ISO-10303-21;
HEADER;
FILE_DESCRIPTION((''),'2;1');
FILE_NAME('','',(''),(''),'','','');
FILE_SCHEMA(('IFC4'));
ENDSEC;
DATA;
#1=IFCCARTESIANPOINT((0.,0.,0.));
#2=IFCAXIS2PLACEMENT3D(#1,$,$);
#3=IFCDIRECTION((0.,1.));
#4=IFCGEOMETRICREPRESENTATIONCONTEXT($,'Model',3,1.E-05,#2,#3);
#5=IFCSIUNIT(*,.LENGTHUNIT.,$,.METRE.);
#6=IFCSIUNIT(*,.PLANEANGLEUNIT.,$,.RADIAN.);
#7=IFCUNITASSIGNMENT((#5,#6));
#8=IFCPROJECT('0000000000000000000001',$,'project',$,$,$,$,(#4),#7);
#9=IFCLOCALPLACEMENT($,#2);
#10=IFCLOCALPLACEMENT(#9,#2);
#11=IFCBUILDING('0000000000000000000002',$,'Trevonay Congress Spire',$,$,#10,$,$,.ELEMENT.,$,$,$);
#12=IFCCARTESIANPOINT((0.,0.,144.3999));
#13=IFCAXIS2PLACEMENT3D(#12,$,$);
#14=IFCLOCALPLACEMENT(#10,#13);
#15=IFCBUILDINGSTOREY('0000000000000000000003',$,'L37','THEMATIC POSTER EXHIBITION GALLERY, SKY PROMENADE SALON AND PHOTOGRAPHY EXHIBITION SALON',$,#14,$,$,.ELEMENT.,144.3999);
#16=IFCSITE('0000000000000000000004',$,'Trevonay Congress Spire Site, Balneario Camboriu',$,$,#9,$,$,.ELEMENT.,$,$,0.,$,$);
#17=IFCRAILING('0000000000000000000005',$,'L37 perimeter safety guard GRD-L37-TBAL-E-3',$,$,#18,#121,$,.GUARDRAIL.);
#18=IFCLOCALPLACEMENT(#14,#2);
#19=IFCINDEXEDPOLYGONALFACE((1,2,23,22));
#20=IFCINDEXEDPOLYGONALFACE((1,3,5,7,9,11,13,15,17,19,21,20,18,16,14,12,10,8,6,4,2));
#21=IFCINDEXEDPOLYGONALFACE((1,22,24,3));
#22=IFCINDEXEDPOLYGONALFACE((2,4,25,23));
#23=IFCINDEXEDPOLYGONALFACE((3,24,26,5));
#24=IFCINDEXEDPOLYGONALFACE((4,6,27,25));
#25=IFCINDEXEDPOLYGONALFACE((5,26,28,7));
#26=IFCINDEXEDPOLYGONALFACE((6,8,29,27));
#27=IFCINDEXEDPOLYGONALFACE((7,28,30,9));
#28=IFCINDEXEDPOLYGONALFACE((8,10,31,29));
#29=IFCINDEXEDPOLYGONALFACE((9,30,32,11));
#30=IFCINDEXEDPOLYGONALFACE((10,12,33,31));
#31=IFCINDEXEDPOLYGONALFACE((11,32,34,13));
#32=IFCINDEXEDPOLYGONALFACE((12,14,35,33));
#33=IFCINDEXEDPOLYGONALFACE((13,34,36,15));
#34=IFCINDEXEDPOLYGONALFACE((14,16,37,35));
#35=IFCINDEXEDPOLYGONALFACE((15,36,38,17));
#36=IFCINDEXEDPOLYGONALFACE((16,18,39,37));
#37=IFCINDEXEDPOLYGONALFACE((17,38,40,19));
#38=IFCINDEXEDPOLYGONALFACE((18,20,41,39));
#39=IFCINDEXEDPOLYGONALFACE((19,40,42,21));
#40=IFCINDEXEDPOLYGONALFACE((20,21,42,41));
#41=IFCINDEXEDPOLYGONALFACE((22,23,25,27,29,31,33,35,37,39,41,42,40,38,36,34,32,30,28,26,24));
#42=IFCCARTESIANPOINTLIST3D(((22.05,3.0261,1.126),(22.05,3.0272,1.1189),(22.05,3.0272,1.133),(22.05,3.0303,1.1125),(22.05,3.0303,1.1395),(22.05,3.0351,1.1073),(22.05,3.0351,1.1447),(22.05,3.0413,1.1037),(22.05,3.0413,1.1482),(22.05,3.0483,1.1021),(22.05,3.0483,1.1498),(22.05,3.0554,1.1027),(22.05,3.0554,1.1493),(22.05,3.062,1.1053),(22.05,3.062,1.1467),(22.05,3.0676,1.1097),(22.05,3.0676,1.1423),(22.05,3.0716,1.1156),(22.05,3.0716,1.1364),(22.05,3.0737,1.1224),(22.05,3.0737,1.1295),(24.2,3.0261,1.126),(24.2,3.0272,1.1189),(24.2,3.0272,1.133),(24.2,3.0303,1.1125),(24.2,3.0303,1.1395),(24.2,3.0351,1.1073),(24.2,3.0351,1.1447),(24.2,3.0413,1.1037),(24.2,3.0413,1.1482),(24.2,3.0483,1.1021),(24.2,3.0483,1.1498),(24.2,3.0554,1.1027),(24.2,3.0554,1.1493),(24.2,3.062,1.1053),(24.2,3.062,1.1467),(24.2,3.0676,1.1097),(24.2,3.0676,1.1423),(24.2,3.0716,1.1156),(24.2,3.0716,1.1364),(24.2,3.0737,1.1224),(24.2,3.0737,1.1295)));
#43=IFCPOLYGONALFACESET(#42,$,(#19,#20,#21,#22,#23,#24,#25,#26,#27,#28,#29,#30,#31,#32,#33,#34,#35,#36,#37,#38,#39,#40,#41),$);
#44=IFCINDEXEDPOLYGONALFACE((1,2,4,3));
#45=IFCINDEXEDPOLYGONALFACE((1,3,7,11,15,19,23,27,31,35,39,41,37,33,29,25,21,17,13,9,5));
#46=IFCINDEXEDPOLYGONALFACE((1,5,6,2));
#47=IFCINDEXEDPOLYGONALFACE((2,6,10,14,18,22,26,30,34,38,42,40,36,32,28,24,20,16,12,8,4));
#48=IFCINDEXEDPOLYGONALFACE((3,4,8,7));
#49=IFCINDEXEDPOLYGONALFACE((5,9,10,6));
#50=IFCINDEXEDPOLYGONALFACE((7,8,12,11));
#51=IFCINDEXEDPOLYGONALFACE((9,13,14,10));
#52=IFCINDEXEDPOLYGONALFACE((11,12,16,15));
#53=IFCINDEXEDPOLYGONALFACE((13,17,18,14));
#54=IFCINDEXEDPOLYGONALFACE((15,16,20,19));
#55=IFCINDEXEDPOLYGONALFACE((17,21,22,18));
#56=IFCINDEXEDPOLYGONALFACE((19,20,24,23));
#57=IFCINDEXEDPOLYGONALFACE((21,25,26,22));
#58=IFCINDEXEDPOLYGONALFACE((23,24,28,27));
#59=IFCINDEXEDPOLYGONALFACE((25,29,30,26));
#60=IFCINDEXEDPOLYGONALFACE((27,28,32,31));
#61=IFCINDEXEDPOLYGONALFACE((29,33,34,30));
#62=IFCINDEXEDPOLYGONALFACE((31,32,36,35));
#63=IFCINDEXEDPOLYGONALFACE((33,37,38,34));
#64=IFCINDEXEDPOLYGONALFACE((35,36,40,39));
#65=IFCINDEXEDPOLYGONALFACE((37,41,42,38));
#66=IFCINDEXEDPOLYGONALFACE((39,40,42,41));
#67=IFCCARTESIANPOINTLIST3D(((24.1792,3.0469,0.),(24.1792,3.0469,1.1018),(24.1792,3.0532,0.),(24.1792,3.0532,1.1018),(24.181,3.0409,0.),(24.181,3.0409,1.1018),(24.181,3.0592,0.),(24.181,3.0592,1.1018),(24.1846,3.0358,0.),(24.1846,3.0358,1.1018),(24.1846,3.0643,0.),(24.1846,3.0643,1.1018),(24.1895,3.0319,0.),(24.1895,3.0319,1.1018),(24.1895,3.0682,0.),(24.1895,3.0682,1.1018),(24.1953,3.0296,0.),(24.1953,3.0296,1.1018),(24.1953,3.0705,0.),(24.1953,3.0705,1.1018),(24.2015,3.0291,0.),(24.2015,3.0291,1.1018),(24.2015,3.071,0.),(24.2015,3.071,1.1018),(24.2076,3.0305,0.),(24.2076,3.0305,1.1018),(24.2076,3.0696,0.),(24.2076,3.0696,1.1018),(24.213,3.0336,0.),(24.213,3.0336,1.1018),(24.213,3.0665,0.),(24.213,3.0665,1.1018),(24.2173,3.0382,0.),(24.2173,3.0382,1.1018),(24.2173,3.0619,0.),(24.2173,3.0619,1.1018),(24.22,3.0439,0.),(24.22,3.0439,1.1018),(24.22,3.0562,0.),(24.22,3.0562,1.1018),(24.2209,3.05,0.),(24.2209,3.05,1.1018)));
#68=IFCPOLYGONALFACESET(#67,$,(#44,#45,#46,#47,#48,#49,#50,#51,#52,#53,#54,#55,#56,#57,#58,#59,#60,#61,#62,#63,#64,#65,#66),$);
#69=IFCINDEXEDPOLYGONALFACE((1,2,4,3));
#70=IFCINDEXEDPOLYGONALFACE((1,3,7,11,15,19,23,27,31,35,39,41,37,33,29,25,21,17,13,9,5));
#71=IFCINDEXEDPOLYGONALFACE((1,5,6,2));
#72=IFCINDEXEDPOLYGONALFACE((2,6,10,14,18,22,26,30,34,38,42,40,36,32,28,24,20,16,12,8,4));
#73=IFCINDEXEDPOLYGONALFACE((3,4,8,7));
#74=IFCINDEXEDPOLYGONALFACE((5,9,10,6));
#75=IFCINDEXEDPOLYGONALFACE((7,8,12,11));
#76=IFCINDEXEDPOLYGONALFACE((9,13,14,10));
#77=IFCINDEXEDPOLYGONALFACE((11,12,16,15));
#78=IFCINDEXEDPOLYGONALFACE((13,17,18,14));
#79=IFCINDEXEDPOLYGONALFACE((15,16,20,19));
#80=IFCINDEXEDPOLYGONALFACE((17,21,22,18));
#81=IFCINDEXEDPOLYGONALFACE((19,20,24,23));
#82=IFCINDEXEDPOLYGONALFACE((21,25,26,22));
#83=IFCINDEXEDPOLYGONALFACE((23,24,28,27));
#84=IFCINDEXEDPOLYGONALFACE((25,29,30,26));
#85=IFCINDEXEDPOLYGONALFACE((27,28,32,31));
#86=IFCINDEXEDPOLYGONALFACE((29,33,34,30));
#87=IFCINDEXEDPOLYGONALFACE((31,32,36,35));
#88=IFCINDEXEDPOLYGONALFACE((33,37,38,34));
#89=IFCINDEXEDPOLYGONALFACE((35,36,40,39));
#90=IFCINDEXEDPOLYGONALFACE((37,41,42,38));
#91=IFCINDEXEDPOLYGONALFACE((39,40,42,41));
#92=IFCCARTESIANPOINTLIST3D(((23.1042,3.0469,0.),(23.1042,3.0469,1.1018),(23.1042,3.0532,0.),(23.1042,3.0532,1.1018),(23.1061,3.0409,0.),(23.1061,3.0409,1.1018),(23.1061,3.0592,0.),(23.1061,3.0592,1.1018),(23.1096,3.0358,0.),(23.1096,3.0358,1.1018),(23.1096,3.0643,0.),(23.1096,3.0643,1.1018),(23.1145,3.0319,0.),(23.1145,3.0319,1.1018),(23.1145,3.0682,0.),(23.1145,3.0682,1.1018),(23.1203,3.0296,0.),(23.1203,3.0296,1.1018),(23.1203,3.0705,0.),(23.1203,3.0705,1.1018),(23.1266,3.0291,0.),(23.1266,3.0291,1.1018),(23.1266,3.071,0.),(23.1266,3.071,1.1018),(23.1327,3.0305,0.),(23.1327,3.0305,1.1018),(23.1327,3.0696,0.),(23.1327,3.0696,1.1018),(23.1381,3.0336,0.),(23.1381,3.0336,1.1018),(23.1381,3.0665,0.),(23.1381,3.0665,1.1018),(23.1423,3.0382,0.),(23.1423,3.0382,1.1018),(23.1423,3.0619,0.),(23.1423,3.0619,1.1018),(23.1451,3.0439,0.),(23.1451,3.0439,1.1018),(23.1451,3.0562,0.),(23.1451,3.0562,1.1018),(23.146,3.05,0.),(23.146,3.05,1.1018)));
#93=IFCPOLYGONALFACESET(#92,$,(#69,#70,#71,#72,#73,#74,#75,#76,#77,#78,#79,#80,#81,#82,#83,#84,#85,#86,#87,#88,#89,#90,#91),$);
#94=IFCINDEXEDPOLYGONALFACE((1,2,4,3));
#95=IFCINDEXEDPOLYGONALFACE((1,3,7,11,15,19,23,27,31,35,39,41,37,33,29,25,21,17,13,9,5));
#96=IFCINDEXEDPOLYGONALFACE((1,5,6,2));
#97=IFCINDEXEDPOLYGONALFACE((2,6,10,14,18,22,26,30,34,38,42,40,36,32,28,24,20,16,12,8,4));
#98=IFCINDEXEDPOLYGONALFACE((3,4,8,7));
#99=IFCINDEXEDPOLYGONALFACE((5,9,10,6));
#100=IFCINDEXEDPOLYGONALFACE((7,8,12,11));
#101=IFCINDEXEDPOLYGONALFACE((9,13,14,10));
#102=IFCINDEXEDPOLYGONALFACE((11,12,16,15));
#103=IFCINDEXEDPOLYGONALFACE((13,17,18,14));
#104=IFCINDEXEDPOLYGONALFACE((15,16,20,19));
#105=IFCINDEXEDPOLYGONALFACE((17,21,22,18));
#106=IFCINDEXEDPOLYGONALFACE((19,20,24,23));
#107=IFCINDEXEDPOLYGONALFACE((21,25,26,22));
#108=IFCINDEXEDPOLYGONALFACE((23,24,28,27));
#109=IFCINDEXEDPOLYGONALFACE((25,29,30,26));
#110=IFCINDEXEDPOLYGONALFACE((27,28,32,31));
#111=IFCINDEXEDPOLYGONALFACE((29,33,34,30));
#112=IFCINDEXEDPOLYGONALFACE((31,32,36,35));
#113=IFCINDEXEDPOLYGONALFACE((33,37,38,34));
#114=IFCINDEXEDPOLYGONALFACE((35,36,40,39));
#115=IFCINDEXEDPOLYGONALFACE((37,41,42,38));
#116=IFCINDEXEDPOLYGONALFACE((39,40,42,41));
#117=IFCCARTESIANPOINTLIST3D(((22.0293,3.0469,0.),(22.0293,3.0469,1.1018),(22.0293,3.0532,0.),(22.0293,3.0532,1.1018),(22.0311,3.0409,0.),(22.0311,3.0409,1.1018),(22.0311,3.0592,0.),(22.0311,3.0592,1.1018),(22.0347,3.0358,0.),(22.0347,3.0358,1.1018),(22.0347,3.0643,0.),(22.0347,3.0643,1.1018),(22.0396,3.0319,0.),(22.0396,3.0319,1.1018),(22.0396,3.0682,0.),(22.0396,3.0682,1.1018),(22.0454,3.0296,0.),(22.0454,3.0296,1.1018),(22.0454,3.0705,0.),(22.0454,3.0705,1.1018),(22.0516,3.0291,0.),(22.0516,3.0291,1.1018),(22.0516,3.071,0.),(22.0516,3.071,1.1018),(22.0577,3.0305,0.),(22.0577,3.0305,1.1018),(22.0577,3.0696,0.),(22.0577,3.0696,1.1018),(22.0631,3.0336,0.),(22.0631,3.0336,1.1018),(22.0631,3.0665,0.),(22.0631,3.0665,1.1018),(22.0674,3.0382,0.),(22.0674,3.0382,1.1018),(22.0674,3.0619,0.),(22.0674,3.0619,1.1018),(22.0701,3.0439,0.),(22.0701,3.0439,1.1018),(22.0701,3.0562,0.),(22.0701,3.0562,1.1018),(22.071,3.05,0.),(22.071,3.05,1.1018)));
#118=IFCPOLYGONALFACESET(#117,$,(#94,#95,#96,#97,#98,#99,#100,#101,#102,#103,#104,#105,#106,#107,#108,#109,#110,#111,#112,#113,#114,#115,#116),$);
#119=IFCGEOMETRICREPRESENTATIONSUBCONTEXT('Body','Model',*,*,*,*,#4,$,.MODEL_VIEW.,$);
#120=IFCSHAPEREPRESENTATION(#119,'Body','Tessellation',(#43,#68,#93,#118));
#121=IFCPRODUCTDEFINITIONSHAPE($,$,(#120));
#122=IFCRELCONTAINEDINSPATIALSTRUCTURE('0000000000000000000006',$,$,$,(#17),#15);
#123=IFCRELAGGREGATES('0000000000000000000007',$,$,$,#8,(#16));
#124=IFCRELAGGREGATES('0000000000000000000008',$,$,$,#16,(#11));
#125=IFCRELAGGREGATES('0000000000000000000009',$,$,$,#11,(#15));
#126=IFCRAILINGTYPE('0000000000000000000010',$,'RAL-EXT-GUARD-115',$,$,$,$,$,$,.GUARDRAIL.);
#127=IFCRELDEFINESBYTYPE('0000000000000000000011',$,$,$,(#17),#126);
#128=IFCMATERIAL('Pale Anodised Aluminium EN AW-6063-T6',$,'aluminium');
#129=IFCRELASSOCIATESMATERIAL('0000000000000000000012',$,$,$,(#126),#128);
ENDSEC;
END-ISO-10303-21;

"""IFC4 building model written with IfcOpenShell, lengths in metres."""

from ifc_helpers import new_model, si_unit, direction, frame, origin, origin_2d, place, context, subcontext, project, spatial, circle, extrude, material, type_object, element, save


model = new_model("IFC4")

# Units and contexts
model_context = context("Model", 3, precision=1e-05, world=origin(), true_north=direction((0.0, 1.0)))
body_context = subcontext(model_context, "Body", "Model", "MODEL_VIEW")
ifc_project = project(units=[si_unit("LENGTHUNIT", "METRE"), si_unit("PLANEANGLEUNIT", "RADIAN")], contexts=[model_context])

# Site, building, storey
site_placement = place(None, origin())
site = spatial("IfcSite", under=ifc_project, at=site_placement, Name="Trevonay Congress Spire Site, Balneario Camboriu", CompositionType="ELEMENT", RefElevation=0.0)
building_placement = place(site_placement, origin())
building = spatial("IfcBuilding", under=site, at=building_placement, Name="Trevonay Congress Spire", CompositionType="ELEMENT")
storey_placement = place(building_placement, frame((0.0, 0.0, 144.3999)))
storey = spatial("IfcBuildingStorey", under=building, at=storey_placement, Name="L37", Description="THEMATIC POSTER EXHIBITION GALLERY, SKY PROMENADE SALON AND PHOTOGRAPHY EXHIBITION SALON", CompositionType="ELEMENT", Elevation=144.3999)

# Shared definitions
ifc_material_1 = material(Name="Pale Anodised Aluminium EN AW-6063-T6", Category="aluminium")

# Railing
railing_type = type_object("IfcRailingType", Name="RAL-EXT-GUARD-115", PredefinedType="GUARDRAIL", material=ifc_material_1)
railing_placement = place(storey_placement, frame((24.2, 3.05, 0.0)))
element("IfcRailing", 1, at=railing_placement, inside=storey, type_object=railing_type, Name="L37 perimeter safety guard GRD-L37-TBAL-E-3", PredefinedType="GUARDRAIL", context=body_context, shape_type="SweptSolid", body=[
    extrude(circle(Radius=0.0239, at=origin_2d()), frame((0.0, 0.0, 1.126), z_axis=(-1.0, 0.0, 0.0), x_axis=(0.0, -1.0, 0.0)), (0.0, 0.0, 1.0), 2.1499),
    extrude(circle(Radius=0.021, at=origin_2d()), origin(), (0.0, 0.0, 1.0), 1.1018),
    extrude(circle(Radius=0.021, at=origin_2d()), frame((-1.075, 0.0, 0.0)), (0.0, 0.0, 1.0), 1.1018),
    extrude(circle(Radius=0.021, at=origin_2d()), frame((-2.1499, 0.0, 0.0)), (0.0, 0.0, 1.0), 1.1018),
])

save(model, "model.ifc")
